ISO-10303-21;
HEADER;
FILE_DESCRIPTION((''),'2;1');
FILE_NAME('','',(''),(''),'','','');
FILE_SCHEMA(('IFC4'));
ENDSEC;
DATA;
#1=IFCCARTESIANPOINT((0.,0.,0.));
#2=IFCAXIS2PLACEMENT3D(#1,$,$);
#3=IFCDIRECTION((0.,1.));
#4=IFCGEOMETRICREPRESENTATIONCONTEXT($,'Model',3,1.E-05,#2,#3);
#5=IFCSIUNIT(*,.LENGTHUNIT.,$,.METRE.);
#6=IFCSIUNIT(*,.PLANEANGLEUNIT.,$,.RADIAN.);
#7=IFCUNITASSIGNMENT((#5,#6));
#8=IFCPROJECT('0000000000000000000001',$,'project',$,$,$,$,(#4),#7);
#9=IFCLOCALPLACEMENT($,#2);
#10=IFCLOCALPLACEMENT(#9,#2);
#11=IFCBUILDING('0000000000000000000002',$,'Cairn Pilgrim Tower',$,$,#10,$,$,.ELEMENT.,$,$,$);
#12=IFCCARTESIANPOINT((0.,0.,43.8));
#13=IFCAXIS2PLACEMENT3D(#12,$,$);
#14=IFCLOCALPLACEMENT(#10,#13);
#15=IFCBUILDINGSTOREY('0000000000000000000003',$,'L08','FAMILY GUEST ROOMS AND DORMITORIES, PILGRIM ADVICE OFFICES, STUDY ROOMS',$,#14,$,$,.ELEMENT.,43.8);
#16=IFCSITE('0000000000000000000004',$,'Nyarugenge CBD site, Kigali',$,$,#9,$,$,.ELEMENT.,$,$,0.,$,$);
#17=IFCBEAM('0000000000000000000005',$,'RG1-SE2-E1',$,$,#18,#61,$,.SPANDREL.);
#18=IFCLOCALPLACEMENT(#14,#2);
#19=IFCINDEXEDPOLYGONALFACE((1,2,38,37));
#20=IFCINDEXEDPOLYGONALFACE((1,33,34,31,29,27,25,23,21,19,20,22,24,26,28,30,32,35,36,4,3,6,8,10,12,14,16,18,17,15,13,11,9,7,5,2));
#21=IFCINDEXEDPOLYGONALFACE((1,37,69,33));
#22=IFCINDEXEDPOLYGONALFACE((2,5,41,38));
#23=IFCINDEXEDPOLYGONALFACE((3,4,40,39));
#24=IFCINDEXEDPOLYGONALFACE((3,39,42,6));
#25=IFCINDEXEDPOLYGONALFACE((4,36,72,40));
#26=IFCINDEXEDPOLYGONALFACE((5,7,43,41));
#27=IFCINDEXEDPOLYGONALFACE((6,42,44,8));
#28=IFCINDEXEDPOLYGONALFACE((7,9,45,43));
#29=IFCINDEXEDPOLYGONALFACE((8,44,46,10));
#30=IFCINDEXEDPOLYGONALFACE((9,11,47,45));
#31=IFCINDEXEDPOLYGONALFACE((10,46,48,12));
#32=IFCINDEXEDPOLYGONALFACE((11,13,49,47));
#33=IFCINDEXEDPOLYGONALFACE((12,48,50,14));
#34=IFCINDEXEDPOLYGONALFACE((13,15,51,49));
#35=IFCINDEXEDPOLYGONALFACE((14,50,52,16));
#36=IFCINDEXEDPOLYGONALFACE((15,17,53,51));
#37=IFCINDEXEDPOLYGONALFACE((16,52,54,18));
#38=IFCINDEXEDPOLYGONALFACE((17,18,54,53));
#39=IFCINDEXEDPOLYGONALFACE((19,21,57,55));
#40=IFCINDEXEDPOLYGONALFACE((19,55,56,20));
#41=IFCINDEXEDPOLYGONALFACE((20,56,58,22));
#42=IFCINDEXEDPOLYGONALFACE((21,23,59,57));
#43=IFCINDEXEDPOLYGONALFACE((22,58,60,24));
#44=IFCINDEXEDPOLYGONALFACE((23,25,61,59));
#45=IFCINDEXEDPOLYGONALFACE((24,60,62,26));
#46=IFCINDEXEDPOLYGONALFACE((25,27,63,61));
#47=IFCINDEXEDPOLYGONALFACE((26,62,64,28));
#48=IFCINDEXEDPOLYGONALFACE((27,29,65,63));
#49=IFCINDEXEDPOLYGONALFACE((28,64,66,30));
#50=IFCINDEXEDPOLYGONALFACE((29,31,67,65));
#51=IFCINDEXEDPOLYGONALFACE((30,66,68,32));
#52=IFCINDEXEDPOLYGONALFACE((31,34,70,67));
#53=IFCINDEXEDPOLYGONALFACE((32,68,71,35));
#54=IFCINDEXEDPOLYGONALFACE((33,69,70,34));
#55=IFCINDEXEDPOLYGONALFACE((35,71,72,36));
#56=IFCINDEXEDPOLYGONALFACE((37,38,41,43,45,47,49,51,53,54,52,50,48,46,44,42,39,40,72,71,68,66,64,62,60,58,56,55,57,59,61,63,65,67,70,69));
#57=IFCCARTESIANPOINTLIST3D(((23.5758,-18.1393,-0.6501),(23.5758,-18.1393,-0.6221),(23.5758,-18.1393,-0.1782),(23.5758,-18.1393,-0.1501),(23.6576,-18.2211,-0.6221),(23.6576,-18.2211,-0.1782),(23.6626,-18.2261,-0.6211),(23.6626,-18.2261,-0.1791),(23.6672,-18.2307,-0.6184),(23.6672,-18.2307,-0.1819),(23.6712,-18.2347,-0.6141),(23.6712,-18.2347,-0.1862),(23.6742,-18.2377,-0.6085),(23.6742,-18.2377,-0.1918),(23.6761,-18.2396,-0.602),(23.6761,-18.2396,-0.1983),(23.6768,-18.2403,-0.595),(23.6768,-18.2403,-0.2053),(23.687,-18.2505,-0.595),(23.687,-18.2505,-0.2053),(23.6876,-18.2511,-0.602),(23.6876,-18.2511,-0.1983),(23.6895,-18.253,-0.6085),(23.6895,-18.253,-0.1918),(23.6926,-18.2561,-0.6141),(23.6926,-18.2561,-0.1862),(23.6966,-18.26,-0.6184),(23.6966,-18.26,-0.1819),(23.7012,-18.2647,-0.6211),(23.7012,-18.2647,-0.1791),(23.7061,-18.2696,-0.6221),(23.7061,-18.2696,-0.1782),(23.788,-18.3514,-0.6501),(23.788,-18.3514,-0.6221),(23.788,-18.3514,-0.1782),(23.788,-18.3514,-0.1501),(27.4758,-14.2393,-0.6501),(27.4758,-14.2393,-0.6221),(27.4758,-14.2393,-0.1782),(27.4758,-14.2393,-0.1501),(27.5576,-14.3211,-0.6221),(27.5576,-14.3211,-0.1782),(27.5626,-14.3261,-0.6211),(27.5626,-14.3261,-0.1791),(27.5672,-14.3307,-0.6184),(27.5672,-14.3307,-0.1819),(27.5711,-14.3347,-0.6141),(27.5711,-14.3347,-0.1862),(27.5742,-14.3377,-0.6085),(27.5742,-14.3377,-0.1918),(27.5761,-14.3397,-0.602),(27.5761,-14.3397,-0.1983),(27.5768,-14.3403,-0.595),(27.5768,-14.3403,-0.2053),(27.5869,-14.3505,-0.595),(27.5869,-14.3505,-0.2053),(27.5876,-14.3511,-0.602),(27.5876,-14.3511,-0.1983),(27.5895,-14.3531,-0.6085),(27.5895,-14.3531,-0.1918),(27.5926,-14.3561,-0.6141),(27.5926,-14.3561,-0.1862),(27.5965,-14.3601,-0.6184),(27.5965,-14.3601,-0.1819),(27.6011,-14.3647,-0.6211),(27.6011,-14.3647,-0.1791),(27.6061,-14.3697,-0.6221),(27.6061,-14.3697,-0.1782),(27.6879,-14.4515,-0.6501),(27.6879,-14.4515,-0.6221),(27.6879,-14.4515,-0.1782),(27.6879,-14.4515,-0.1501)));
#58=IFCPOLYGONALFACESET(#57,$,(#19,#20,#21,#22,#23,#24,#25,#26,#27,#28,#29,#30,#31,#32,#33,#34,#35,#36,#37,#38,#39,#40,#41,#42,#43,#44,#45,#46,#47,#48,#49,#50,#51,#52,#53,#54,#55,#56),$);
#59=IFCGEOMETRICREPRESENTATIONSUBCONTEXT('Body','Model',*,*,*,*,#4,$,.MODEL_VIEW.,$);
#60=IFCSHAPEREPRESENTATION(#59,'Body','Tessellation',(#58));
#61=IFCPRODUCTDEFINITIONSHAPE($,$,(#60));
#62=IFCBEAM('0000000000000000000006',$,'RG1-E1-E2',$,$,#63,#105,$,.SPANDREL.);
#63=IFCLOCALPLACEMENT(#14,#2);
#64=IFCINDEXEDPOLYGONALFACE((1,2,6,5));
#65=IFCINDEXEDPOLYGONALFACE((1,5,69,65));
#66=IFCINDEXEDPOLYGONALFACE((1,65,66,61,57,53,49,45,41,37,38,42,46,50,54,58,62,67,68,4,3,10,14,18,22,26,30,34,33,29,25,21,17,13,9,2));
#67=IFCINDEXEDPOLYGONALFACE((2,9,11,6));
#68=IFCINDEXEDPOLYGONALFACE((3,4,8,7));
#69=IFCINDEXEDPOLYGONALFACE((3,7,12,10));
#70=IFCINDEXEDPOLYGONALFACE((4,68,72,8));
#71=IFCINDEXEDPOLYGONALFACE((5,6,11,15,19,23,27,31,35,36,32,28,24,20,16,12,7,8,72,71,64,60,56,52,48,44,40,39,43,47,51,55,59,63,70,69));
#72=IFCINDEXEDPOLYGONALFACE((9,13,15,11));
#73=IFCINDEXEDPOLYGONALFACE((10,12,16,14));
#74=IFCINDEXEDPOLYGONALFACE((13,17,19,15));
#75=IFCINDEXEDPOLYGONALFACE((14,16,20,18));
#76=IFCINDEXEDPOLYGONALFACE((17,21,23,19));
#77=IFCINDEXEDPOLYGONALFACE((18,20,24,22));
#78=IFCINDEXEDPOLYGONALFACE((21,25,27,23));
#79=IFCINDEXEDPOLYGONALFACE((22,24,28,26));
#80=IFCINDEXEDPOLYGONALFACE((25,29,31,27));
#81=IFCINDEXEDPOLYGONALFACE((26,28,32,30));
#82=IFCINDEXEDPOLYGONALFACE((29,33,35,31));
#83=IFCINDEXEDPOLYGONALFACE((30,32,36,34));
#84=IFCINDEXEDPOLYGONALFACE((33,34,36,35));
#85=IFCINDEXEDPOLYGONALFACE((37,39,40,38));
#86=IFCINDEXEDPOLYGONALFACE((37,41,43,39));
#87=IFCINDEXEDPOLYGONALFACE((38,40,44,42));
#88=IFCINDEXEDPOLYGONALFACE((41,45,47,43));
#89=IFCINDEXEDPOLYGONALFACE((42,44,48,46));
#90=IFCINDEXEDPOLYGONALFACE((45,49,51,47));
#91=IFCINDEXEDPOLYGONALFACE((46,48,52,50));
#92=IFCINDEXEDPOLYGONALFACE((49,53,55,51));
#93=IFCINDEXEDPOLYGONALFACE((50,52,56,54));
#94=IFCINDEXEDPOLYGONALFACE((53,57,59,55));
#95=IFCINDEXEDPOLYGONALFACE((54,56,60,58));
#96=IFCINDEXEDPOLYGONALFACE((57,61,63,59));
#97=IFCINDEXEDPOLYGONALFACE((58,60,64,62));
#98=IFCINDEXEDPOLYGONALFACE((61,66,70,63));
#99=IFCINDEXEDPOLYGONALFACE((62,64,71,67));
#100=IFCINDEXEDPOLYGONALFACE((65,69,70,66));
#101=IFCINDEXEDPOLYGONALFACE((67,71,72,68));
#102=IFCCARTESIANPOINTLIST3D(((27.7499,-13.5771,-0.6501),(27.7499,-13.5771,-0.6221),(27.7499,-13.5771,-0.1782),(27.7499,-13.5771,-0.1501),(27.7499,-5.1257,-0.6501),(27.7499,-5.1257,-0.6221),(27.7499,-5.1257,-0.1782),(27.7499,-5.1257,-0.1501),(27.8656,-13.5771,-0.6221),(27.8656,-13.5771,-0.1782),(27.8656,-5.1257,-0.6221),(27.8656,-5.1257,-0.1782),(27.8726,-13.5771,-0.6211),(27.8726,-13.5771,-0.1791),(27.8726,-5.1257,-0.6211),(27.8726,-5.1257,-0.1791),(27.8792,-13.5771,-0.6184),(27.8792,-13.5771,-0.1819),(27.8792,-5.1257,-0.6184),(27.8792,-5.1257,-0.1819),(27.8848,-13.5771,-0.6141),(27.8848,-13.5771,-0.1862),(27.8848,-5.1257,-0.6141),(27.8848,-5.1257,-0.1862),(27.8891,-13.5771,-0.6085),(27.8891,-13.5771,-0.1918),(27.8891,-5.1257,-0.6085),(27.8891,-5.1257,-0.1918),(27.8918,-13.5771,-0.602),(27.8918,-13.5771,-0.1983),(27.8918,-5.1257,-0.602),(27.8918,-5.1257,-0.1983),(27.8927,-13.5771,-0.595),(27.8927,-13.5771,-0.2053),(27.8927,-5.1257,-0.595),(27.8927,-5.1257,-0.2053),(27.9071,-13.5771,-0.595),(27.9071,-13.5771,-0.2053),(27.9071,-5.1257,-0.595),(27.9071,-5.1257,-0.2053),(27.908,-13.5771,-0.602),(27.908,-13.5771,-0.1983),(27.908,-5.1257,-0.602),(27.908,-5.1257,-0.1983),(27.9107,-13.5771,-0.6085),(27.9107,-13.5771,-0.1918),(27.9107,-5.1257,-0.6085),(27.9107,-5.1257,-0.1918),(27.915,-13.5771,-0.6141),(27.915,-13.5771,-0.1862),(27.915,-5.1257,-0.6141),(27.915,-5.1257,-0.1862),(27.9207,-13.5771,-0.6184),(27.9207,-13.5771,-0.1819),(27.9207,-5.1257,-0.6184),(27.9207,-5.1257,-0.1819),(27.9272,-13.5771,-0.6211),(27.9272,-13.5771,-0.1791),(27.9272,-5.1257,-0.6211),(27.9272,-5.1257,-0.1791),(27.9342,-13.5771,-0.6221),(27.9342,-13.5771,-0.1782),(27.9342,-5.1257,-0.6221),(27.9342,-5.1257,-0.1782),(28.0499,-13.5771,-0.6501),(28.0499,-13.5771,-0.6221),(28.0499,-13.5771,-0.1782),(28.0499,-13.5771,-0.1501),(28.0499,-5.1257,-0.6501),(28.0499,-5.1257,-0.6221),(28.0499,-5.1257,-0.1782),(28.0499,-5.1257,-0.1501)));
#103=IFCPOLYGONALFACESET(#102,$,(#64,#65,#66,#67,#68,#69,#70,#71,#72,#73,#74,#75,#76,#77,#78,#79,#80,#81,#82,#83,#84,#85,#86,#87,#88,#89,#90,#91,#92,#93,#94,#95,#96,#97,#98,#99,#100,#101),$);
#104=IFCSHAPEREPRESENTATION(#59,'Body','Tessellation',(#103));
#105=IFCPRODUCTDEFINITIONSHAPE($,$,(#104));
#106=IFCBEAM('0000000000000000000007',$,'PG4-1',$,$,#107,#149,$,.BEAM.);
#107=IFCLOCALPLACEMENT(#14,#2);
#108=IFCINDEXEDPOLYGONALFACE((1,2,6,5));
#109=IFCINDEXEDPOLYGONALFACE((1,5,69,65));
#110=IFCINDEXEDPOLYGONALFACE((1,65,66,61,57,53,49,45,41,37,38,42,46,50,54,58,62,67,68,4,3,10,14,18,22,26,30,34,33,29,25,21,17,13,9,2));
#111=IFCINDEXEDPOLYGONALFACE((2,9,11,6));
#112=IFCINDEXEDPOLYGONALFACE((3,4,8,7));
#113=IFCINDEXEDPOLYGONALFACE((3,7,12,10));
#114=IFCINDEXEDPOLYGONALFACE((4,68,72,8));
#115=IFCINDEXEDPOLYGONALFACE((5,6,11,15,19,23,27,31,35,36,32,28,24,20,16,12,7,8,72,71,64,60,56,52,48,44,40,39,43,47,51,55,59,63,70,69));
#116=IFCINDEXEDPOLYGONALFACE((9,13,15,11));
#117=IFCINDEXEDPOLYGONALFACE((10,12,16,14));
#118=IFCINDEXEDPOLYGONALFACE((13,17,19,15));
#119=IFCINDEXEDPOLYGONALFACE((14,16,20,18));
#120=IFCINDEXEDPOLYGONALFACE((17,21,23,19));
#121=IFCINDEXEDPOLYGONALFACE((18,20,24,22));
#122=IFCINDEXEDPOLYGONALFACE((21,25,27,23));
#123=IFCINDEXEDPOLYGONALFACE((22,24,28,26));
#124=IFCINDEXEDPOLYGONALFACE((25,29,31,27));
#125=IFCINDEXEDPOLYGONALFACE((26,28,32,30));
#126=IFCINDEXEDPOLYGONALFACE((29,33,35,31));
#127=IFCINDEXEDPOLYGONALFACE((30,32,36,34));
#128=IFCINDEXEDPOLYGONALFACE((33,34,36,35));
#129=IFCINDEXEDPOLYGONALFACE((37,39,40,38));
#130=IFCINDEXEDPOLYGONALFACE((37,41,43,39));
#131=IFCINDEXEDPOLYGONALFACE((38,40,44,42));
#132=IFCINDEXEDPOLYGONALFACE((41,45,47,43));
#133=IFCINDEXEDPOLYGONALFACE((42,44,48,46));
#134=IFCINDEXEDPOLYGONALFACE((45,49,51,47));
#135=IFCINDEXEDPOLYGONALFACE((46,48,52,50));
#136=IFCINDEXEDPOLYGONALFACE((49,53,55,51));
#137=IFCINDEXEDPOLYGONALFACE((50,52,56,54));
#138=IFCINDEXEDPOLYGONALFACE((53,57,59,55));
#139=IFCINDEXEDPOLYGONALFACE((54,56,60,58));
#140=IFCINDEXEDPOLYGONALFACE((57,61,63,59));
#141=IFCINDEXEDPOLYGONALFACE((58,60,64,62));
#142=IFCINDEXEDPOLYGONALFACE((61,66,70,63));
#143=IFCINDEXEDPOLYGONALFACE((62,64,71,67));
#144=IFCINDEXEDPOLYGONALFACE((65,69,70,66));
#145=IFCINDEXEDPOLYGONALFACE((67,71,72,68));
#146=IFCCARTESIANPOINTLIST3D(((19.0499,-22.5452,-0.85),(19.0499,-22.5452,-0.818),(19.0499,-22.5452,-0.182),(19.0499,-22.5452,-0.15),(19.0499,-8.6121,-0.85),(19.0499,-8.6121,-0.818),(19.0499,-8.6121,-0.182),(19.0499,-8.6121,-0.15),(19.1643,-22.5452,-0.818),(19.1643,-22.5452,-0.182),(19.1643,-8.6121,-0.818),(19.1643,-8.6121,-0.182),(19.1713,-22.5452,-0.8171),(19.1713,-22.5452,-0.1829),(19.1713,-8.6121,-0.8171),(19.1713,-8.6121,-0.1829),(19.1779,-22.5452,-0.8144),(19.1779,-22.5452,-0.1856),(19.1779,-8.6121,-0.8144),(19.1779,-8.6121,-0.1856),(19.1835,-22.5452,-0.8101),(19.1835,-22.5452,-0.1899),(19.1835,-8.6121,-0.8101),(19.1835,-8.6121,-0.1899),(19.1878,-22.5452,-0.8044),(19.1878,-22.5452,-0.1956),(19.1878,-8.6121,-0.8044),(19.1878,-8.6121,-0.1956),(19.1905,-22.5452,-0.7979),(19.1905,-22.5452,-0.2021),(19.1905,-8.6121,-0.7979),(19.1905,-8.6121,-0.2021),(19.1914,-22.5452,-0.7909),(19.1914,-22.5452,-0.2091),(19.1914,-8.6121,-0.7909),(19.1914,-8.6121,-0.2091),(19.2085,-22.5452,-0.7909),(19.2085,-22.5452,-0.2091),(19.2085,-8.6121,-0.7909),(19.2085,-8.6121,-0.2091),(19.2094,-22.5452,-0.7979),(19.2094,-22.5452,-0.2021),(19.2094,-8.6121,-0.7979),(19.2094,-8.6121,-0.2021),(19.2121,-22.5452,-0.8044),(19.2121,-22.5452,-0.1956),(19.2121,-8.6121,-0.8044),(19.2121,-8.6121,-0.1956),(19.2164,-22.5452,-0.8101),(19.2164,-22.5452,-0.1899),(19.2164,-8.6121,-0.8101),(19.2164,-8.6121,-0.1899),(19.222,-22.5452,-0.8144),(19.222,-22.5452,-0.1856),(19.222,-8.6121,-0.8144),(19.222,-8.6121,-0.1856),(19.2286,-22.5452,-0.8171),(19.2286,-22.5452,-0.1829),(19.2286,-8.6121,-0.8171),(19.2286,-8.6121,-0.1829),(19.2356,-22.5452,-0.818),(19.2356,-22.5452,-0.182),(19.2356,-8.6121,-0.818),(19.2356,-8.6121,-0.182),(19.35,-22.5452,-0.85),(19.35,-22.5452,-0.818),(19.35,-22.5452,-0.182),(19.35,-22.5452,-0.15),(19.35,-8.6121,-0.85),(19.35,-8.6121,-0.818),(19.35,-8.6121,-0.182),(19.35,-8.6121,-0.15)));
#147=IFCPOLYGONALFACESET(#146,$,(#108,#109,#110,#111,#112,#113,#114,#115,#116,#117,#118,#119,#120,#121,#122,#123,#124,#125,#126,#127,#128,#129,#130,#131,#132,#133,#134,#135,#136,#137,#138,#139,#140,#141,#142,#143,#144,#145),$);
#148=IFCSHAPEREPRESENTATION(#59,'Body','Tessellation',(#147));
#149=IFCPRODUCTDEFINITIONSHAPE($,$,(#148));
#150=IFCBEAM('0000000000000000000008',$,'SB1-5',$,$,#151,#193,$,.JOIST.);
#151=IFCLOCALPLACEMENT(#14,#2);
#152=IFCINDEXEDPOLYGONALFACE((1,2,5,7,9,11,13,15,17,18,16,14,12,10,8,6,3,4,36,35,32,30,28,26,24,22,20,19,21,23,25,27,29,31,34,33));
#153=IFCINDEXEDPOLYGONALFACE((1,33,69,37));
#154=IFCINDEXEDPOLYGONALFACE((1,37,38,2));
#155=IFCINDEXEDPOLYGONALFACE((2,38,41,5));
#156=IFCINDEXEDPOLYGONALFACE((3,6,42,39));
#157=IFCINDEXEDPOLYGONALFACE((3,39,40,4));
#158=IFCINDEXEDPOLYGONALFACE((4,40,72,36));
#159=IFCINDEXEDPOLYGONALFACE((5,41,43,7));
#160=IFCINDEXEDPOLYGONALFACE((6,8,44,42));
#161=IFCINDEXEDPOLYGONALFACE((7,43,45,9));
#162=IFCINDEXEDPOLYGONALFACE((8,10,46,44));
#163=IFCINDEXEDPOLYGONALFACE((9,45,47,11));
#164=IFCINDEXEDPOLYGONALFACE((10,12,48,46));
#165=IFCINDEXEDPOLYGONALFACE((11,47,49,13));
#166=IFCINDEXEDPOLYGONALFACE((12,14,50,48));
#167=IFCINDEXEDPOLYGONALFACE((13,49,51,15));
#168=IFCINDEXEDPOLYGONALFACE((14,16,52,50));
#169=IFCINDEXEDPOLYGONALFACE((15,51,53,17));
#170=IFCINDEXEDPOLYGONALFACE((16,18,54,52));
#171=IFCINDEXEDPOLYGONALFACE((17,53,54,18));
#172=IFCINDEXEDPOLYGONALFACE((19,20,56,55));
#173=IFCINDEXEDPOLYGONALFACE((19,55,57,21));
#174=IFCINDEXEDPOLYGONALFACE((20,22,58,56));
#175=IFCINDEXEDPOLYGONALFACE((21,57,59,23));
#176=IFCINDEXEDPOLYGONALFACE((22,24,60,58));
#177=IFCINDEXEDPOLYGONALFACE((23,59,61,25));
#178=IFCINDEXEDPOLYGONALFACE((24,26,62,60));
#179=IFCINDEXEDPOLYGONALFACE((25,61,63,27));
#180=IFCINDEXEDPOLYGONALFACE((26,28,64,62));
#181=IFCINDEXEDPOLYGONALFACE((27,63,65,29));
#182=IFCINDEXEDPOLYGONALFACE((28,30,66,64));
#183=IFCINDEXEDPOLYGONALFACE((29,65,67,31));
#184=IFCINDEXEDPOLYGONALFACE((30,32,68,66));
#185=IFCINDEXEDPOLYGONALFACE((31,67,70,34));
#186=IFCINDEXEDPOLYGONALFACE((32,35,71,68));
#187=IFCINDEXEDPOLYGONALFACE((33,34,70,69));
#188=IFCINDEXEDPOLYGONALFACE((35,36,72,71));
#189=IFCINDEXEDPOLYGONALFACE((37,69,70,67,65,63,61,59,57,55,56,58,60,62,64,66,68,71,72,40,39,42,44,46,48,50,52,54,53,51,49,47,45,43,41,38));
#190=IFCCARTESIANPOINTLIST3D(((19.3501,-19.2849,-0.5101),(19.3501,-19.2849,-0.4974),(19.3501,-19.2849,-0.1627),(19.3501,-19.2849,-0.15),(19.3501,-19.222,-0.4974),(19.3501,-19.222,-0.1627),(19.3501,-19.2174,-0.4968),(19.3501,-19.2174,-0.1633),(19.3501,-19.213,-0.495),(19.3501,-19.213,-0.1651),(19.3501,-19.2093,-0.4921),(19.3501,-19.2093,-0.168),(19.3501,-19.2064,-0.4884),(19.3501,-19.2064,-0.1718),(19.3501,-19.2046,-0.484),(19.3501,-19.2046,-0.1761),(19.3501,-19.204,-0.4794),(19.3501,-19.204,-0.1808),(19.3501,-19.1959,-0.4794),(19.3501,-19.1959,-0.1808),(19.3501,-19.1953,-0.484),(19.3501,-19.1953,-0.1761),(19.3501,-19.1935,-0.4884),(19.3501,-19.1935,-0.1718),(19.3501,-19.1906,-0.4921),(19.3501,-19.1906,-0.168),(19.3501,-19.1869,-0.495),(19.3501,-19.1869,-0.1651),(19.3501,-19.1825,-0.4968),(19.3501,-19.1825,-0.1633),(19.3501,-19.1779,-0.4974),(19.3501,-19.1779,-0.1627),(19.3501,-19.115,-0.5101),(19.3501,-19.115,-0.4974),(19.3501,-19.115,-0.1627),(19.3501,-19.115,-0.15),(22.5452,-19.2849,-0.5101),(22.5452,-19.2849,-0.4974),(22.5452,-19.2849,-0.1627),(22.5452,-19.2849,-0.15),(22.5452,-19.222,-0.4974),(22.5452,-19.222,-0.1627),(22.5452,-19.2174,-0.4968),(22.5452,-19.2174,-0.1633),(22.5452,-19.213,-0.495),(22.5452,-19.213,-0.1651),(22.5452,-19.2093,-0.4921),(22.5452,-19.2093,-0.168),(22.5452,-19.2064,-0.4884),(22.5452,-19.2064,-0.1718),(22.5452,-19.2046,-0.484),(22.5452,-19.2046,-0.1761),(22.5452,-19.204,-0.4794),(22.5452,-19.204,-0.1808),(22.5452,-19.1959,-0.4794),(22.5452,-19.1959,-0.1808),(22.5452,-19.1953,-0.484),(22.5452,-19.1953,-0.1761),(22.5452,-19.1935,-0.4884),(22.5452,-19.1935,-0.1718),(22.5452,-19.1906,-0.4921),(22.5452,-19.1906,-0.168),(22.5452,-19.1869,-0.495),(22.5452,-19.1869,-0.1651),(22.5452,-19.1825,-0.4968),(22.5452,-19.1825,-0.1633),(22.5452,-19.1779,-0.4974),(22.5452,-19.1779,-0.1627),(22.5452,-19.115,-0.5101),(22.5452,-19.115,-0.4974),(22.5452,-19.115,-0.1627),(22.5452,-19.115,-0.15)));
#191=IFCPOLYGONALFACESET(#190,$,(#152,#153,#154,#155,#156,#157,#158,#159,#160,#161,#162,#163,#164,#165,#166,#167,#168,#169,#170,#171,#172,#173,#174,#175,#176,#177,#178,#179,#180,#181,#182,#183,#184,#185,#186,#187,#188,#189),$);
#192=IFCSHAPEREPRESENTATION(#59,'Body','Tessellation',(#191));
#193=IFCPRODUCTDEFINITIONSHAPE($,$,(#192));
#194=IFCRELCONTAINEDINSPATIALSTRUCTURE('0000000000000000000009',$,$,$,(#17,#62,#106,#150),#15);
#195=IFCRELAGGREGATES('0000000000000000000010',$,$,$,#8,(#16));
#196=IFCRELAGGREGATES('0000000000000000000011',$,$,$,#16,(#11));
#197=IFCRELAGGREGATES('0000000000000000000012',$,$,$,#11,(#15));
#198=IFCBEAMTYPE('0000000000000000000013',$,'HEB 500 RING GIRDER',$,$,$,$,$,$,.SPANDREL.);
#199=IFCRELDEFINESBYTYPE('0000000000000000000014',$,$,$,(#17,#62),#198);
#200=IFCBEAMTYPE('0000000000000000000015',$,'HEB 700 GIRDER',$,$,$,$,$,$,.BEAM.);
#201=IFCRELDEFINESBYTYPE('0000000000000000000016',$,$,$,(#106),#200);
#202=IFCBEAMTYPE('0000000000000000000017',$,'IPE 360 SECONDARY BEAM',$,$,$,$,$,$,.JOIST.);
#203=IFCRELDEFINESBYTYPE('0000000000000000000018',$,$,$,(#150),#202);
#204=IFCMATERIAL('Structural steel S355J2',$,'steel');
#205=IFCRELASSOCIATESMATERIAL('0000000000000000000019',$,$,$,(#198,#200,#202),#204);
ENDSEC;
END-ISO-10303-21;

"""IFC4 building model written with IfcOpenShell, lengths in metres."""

from ifc_helpers import new_model, si_unit, direction, frame, origin, origin_2d, place, context, subcontext, project, spatial, i_section, extrude, material, material_profile, profile_set, type_object, element, save


model = new_model("IFC4")

# Units and contexts
model_context = context("Model", 3, precision=1e-05, world=origin(), true_north=direction((0.0, 1.0)))
body_context = subcontext(model_context, "Body", "Model", "MODEL_VIEW")
ifc_project = project(units=[si_unit("LENGTHUNIT", "METRE"), si_unit("PLANEANGLEUNIT", "RADIAN")], contexts=[model_context])

# Site, building, storey
site_placement = place(None, origin())
site = spatial("IfcSite", under=ifc_project, at=site_placement, Name="Nyarugenge CBD site, Kigali", CompositionType="ELEMENT", RefElevation=0.0)
building_placement = place(site_placement, origin())
building = spatial("IfcBuilding", under=site, at=building_placement, Name="Cairn Pilgrim Tower", CompositionType="ELEMENT")
storey_placement = place(building_placement, frame((0.0, 0.0, 43.8)))
storey = spatial("IfcBuildingStorey", under=building, at=storey_placement, Name="L08", Description="FAMILY GUEST ROOMS AND DORMITORIES, PILGRIM ADVICE OFFICES, STUDY ROOMS", CompositionType="ELEMENT", Elevation=43.8)

# Shared definitions
ifc_material_1 = material(Name="Structural steel S355J2", Category="steel")

# Beams
ifc_material_profile_1 = material_profile(ifc_material_1, i_section(OverallWidth=0.3, OverallDepth=0.5, WebThickness=0.0144, FlangeThickness=0.0281, FilletRadius=0.0271, at=origin_2d()), Name="HEB 500")
ifc_profile_set_1 = profile_set([ifc_material_profile_1], Name="Structural steel S355J2")
beam_type_1 = type_object("IfcBeamType", Name="HEB 500 RING GIRDER", PredefinedType="SPANDREL", material=ifc_profile_set_1)
beam_1_placement = place(storey_placement, frame((23.6819, -18.2454, -0.4001), z_axis=(0.707107, 0.707107, 0.0), x_axis=(-0.707107, 0.707107, 0.0)))
element("IfcBeam", 1, at=beam_1_placement, inside=storey, type_object=beam_type_1, Name="RG1-SE2-E1", PredefinedType="SPANDREL", context=body_context, shape_type="SweptSolid", body=[
    extrude(i_section(OverallWidth=0.3, OverallDepth=0.5, WebThickness=0.0144, FlangeThickness=0.0281, FilletRadius=0.0271, at=origin_2d()), origin(), (0.0, 0.0, 1.0), 5.5154),
])
beam_2_placement = place(storey_placement, frame((27.8999, -13.5771, -0.4001), z_axis=(0.0, 1.0, 0.0), x_axis=(-1.0, 0.0, 0.0)))
element("IfcBeam", 2, at=beam_2_placement, inside=storey, type_object=beam_type_1, Name="RG1-E1-E2", PredefinedType="SPANDREL", context=body_context, shape_type="SweptSolid", body=[
    extrude(i_section(OverallWidth=0.3, OverallDepth=0.5, WebThickness=0.0144, FlangeThickness=0.0281, FilletRadius=0.0271, at=origin_2d()), origin(), (0.0, 0.0, 1.0), 8.4514),
])
ifc_material_profile_2 = material_profile(ifc_material_1, i_section(OverallWidth=0.3, OverallDepth=0.7, WebThickness=0.0171, FlangeThickness=0.032, FilletRadius=0.0271, at=origin_2d()), Name="HEB 700")
ifc_profile_set_2 = profile_set([ifc_material_profile_2], Name="Structural steel S355J2")
beam_type_2 = type_object("IfcBeamType", Name="HEB 700 GIRDER", PredefinedType="BEAM", material=ifc_profile_set_2)
beam_3_placement = place(storey_placement, frame((19.2, -22.5452, -0.5), z_axis=(0.0, 1.0, 0.0), x_axis=(-1.0, 0.0, 0.0)))
element("IfcBeam", 3, at=beam_3_placement, inside=storey, type_object=beam_type_2, Name="PG4-1", PredefinedType="BEAM", context=body_context, shape_type="SweptSolid", body=[
    extrude(i_section(OverallWidth=0.3, OverallDepth=0.7, WebThickness=0.0171, FlangeThickness=0.032, FilletRadius=0.0271, at=origin_2d()), origin(), (0.0, 0.0, 1.0), 13.9331),
])
ifc_material_profile_3 = material_profile(ifc_material_1, i_section(OverallWidth=0.1699, OverallDepth=0.3601, WebThickness=0.0081, FlangeThickness=0.0127, FilletRadius=0.0181, at=origin_2d()), Name="IPE 360")
ifc_profile_set_3 = profile_set([ifc_material_profile_3], Name="Structural steel S355J2")
beam_type_3 = type_object("IfcBeamType", Name="IPE 360 SECONDARY BEAM", PredefinedType="JOIST", material=ifc_profile_set_3)
beam_4_placement = place(storey_placement, frame((19.3501, -19.2, -0.3301), z_axis=(1.0, 0.0, 0.0), x_axis=(0.0, 1.0, 0.0)))
element("IfcBeam", 4, at=beam_4_placement, inside=storey, type_object=beam_type_3, Name="SB1-5", PredefinedType="JOIST", context=body_context, shape_type="SweptSolid", body=[
    extrude(i_section(OverallWidth=0.1699, OverallDepth=0.3601, WebThickness=0.0081, FlangeThickness=0.0127, FilletRadius=0.0181, at=origin_2d()), origin(), (0.0, 0.0, 1.0), 3.1951),
])

save(model, "model.ifc")
